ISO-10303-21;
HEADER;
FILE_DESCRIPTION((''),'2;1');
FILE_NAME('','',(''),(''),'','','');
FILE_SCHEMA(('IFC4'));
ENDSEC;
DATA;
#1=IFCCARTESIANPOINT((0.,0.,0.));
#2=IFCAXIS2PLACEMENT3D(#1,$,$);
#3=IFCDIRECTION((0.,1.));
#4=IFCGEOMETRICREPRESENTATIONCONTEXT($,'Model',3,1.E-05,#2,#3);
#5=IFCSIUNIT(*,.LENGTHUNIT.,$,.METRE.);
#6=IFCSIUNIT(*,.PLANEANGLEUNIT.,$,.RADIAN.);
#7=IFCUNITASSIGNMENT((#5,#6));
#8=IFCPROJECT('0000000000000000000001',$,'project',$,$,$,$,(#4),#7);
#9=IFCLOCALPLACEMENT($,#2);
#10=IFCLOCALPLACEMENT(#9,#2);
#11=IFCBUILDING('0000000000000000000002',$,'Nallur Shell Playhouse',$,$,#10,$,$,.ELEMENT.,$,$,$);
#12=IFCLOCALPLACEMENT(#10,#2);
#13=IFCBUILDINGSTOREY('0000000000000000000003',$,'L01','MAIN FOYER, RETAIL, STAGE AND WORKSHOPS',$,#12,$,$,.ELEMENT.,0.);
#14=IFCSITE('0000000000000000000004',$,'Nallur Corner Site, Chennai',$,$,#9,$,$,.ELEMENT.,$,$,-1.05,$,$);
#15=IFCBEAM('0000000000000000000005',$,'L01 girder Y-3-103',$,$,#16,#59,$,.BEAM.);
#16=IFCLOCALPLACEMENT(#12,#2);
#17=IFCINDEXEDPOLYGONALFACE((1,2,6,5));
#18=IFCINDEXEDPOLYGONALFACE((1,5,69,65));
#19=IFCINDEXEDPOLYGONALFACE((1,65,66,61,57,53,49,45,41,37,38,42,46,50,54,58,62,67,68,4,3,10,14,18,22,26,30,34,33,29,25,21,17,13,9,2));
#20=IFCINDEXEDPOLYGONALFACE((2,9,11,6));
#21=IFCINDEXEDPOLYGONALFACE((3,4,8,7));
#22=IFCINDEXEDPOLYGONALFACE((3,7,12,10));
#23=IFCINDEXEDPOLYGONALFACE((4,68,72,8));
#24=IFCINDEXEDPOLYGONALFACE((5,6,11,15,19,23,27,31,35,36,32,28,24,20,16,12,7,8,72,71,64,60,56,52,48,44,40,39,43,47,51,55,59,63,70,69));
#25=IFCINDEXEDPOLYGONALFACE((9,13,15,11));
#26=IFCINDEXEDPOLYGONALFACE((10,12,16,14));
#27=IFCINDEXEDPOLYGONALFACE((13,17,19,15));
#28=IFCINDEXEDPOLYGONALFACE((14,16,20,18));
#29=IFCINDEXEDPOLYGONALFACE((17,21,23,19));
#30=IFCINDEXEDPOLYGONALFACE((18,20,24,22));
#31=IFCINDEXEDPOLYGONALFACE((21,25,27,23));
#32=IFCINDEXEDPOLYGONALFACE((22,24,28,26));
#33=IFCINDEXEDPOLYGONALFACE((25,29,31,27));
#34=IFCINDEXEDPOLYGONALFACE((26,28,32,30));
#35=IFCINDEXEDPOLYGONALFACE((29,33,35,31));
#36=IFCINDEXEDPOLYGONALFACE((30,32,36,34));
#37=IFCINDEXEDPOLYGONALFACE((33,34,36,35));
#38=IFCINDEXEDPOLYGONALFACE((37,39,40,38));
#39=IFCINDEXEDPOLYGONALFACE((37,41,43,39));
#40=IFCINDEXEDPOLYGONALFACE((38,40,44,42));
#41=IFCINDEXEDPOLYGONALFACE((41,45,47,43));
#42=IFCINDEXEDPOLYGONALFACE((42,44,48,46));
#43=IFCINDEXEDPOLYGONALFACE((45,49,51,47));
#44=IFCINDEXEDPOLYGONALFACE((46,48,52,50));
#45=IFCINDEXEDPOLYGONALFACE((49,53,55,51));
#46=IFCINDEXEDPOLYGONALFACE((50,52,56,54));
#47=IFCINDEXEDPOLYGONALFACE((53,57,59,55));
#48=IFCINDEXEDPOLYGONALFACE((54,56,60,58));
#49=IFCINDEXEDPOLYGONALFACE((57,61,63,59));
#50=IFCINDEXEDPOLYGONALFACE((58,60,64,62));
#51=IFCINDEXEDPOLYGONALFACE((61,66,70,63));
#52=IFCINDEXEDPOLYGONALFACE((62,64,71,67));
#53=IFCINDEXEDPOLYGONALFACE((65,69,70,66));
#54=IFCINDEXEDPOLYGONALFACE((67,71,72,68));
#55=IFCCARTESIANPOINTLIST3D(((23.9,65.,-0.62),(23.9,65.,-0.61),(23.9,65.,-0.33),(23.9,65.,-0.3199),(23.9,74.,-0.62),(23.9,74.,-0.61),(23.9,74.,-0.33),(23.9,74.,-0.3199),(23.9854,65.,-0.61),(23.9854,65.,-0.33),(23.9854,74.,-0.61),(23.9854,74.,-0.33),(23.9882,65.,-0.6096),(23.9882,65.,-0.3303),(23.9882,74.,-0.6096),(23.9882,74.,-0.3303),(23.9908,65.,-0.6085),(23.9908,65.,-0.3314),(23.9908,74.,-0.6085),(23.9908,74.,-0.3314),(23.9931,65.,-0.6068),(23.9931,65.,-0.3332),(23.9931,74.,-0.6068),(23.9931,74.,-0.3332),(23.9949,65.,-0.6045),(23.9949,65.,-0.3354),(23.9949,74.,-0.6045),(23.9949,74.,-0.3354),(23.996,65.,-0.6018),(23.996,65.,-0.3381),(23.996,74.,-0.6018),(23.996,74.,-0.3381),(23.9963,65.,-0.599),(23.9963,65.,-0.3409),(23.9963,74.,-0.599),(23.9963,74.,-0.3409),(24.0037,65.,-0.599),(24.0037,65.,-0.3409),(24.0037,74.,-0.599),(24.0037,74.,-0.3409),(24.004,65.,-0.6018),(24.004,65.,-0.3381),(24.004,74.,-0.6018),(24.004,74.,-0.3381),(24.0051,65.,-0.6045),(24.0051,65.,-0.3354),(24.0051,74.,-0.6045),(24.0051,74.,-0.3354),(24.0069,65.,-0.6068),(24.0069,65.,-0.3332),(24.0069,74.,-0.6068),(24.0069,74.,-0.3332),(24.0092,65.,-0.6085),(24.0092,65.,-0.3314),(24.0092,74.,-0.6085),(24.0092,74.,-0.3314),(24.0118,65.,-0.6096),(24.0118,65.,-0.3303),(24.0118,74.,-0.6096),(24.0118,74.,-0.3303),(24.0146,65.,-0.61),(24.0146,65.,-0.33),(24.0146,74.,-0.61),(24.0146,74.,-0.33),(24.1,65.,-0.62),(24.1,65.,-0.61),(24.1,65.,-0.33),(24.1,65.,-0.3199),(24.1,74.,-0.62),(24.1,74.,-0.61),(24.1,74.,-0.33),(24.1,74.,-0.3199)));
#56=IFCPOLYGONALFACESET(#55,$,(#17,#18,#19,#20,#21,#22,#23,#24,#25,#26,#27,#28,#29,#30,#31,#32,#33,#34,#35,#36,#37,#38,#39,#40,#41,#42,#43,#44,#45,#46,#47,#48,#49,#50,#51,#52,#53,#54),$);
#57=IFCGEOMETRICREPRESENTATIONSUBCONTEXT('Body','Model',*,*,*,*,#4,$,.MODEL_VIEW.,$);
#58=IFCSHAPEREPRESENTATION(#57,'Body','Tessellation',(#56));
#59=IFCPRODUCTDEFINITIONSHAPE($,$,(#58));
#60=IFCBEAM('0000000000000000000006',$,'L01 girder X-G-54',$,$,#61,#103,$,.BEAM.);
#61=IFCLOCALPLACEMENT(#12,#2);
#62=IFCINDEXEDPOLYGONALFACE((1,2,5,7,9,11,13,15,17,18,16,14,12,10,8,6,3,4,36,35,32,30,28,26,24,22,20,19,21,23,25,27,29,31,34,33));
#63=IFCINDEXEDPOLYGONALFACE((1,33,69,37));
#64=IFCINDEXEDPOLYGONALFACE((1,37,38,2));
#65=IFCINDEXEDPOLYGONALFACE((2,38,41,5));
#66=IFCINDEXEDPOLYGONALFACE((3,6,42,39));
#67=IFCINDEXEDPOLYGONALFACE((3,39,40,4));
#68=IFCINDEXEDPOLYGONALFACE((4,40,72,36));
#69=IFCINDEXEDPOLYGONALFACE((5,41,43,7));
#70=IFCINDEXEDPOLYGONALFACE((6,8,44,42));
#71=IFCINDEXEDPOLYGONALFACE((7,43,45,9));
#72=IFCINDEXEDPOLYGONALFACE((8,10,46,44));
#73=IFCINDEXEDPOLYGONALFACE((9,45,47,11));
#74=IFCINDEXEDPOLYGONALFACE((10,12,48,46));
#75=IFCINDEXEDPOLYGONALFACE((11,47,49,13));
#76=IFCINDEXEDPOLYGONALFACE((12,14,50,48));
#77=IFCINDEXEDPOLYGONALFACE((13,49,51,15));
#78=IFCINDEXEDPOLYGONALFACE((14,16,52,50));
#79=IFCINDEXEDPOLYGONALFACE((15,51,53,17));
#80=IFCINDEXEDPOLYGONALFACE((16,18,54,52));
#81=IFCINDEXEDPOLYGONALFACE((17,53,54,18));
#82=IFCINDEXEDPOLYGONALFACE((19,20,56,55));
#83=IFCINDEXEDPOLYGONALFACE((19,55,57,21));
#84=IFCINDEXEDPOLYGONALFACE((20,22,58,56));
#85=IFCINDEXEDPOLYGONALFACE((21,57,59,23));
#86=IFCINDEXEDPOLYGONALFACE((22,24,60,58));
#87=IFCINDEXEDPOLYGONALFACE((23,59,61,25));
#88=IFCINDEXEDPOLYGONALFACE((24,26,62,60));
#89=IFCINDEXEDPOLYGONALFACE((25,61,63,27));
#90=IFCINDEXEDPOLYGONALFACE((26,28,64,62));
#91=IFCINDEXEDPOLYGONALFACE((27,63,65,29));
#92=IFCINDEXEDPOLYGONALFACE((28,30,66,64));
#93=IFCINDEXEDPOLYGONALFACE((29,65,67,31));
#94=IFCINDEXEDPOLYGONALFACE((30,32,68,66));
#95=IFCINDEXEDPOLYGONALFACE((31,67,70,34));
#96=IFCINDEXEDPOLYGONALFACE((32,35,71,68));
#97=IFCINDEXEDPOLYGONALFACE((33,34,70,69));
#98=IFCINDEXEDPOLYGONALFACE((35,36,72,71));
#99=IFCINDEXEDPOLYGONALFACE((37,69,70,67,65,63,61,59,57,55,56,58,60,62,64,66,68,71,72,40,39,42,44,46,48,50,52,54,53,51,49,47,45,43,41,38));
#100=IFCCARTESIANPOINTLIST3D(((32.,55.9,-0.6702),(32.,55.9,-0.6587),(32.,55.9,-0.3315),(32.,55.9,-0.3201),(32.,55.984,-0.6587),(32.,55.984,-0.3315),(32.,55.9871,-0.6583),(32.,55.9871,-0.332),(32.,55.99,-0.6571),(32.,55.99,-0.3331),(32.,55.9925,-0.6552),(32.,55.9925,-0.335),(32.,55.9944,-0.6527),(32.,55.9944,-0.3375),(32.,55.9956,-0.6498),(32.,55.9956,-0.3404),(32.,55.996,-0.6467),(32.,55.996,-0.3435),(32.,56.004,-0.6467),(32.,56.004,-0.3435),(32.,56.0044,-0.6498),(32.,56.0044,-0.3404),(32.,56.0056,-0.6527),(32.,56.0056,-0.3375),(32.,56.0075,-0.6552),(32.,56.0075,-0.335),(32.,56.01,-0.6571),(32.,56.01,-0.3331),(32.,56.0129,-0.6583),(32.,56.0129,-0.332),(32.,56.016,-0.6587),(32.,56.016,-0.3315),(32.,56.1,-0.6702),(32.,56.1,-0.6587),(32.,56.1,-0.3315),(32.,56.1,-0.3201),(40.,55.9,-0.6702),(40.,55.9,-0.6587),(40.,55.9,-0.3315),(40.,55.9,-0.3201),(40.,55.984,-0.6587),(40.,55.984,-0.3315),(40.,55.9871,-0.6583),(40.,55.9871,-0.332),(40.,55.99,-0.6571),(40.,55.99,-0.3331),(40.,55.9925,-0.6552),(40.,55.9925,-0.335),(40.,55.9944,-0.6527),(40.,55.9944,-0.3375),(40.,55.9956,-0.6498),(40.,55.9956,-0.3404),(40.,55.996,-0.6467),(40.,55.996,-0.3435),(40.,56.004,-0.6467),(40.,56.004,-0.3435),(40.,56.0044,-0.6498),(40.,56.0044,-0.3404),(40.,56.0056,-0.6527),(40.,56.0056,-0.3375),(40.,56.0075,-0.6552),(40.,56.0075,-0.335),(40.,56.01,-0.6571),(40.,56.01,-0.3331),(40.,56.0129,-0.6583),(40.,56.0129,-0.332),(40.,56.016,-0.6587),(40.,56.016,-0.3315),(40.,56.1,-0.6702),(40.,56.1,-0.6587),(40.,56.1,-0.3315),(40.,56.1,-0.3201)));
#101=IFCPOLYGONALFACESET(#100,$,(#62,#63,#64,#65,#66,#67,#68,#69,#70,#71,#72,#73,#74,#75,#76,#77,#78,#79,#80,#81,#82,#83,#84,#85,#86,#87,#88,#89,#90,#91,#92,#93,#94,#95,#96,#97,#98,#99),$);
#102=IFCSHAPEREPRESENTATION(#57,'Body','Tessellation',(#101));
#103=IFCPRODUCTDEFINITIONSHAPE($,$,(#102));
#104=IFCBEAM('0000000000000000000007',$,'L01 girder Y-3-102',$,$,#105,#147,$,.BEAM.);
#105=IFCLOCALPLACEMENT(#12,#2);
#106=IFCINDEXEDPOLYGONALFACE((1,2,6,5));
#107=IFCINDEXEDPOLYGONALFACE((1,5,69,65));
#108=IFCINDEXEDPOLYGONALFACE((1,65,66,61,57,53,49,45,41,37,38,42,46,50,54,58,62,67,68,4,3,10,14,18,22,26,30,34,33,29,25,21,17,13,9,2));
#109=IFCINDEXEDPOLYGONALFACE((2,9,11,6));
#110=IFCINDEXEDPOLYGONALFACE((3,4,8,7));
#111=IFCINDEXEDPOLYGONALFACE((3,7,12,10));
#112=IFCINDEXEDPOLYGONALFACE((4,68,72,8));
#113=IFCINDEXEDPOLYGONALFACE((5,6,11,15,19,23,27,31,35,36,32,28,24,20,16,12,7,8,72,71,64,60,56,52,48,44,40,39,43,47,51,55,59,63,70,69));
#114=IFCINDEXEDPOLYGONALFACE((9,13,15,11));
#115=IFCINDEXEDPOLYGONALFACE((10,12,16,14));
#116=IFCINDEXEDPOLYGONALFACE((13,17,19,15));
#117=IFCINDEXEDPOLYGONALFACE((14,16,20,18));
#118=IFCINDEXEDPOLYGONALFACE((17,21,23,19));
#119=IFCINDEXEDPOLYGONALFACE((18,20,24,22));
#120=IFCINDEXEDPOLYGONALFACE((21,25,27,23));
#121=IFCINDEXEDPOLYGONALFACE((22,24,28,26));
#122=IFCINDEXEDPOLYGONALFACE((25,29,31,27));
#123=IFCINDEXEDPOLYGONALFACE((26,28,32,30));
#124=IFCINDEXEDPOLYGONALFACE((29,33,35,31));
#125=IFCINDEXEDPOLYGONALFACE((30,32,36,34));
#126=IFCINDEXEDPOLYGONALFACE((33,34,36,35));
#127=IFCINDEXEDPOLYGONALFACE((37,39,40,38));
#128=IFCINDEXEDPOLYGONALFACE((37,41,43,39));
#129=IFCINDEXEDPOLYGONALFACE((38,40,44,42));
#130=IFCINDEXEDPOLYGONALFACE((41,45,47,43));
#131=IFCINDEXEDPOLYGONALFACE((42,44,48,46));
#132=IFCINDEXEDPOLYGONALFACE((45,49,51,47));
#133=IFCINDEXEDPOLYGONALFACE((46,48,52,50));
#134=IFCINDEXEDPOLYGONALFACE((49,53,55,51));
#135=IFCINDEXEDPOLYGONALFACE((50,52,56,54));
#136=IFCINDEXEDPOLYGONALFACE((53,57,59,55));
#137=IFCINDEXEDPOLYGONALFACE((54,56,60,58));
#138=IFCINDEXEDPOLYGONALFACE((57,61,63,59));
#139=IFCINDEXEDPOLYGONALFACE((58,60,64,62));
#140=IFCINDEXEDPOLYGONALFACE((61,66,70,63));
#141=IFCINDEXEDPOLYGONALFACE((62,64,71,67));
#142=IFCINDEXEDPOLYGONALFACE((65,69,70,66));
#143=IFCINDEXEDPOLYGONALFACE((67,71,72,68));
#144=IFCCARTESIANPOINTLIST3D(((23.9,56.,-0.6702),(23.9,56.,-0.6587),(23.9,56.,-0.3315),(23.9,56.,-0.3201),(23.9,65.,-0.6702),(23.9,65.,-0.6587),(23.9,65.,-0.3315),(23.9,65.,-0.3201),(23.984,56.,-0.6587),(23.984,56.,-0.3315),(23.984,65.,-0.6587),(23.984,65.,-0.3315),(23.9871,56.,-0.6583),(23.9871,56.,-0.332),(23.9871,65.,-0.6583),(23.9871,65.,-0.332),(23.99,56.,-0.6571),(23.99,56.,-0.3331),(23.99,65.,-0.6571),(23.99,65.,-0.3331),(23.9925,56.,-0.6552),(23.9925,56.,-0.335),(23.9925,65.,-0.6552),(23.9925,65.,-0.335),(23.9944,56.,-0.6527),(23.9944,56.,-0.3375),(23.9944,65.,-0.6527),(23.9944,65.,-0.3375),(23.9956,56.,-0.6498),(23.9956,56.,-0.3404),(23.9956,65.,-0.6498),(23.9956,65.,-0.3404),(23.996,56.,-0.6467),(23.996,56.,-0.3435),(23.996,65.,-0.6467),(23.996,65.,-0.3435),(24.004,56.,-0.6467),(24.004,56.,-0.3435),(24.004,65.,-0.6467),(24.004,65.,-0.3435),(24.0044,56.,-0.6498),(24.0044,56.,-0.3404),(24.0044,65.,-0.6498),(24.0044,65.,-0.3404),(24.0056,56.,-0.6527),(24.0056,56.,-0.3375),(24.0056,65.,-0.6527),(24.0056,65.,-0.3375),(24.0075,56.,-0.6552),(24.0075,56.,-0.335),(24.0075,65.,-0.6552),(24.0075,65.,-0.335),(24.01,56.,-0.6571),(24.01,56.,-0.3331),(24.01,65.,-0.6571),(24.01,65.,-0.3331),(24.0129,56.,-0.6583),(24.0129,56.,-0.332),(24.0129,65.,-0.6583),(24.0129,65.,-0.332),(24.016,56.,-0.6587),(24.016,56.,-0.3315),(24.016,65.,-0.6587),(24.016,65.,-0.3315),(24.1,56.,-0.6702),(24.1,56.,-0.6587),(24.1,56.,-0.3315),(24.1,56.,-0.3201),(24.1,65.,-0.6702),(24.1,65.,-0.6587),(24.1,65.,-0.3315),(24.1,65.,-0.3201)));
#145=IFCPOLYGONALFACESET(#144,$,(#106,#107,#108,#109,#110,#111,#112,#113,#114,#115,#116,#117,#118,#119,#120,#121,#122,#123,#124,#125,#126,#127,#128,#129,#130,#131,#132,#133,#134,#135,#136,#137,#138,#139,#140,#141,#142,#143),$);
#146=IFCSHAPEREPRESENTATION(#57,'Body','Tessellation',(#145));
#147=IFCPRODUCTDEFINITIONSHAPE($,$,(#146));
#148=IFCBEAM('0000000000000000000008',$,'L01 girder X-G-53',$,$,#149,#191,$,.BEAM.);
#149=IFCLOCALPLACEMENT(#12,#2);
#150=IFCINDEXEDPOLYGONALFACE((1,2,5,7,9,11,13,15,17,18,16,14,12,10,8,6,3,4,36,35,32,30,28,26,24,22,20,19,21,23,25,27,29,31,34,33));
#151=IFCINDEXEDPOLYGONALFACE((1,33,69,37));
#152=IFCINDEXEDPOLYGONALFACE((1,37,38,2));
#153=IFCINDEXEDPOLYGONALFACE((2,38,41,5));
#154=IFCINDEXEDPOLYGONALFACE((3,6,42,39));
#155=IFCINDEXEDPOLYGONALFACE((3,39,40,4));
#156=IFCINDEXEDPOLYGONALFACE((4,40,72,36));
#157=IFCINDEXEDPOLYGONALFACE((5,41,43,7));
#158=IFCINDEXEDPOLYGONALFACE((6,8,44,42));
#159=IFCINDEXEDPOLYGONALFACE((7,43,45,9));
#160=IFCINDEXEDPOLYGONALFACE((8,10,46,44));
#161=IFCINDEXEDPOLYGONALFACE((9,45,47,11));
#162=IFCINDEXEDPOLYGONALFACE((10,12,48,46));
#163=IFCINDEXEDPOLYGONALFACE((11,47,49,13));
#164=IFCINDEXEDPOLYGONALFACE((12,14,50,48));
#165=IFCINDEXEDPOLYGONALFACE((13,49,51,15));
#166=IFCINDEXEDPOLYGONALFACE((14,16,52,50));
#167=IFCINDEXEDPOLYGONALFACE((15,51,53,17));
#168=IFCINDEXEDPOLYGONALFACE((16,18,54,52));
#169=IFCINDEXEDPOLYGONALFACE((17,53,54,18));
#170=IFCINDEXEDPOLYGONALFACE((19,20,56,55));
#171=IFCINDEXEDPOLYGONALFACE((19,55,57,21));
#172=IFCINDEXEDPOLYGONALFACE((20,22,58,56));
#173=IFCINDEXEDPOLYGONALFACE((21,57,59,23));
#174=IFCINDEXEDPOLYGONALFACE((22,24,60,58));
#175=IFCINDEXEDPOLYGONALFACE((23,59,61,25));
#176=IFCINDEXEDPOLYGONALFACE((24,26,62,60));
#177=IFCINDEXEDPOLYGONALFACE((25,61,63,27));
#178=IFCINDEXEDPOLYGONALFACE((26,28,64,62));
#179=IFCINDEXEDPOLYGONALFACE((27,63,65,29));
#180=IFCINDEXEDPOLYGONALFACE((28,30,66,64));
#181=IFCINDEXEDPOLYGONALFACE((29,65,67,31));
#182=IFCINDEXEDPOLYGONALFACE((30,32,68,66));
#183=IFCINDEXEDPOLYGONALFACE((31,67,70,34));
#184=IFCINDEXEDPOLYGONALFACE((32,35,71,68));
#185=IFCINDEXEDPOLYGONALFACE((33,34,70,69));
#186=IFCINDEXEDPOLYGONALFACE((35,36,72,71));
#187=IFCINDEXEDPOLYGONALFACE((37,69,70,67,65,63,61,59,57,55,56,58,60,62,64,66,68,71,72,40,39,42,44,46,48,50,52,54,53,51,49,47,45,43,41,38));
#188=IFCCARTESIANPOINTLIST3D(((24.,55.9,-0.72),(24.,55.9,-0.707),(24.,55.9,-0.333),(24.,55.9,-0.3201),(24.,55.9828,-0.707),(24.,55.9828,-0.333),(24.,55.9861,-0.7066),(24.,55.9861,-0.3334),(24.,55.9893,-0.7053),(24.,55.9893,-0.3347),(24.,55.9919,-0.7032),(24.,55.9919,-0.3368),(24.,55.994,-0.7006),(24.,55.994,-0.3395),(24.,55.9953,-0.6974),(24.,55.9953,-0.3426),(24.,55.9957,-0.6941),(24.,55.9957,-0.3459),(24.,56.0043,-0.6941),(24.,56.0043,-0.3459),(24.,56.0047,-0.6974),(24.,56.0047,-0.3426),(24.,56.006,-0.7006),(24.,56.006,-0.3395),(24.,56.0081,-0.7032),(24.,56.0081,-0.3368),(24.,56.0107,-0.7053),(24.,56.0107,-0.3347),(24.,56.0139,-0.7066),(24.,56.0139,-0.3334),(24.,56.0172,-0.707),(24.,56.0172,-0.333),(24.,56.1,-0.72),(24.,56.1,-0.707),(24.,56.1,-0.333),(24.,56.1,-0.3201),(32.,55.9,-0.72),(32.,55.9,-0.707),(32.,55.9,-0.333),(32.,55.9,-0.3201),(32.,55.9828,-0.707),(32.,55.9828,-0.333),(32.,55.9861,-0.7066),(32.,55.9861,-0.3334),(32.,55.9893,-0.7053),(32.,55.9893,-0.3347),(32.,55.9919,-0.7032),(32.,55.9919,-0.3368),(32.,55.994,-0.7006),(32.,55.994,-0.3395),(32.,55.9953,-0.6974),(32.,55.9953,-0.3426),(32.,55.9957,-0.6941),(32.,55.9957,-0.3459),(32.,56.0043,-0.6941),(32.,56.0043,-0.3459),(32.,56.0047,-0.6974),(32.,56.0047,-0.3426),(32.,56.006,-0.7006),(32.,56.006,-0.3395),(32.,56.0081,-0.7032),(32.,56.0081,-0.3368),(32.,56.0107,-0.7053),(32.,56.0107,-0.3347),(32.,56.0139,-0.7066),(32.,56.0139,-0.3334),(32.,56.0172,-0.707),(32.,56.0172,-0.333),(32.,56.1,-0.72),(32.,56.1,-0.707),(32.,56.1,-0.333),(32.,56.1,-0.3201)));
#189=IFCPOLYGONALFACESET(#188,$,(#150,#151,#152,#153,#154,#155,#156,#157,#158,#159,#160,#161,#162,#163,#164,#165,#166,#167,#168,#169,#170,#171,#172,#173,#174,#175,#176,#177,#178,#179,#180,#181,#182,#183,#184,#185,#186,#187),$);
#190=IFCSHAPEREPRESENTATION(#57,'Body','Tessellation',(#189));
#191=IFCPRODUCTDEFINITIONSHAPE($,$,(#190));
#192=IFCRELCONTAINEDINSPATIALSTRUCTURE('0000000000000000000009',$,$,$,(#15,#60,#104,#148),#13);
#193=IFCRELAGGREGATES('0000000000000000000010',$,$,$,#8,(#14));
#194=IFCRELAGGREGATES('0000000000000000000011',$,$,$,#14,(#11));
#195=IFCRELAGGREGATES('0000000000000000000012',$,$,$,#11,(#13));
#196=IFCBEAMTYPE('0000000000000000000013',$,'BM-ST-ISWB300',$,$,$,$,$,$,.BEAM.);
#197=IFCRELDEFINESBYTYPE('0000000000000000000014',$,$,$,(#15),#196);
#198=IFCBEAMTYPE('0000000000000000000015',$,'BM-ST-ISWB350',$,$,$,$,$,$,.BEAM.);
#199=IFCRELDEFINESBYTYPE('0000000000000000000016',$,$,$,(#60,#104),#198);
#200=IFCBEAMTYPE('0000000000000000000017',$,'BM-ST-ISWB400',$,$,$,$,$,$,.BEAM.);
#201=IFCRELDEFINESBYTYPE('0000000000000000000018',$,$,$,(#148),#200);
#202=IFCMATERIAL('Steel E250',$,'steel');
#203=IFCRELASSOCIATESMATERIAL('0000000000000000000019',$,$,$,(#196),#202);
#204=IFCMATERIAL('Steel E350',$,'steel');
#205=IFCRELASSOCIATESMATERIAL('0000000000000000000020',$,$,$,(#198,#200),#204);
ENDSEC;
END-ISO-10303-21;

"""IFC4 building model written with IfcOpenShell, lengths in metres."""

from ifc_helpers import new_model, si_unit, direction, frame, origin, origin_2d, place, context, subcontext, project, spatial, i_section, extrude, material, material_profile, profile_set, type_object, element, save


model = new_model("IFC4")

# Units and contexts
model_context = context("Model", 3, precision=1e-05, world=origin(), true_north=direction((0.0, 1.0)))
body_context = subcontext(model_context, "Body", "Model", "MODEL_VIEW")
ifc_project = project(units=[si_unit("LENGTHUNIT", "METRE"), si_unit("PLANEANGLEUNIT", "RADIAN")], contexts=[model_context])

# Site, building, storey
site_placement = place(None, origin())
site = spatial("IfcSite", under=ifc_project, at=site_placement, Name="Nallur Corner Site, Chennai", CompositionType="ELEMENT", RefElevation=-1.05)
building_placement = place(site_placement, origin())
building = spatial("IfcBuilding", under=site, at=building_placement, Name="Nallur Shell Playhouse", CompositionType="ELEMENT")
storey_placement = place(building_placement, origin())
storey = spatial("IfcBuildingStorey", under=building, at=storey_placement, Name="L01", Description="MAIN FOYER, RETAIL, STAGE AND WORKSHOPS", CompositionType="ELEMENT", Elevation=0.0)

# Beams
ifc_material_1 = material(Name="Steel E250", Category="steel")
ifc_material_2 = material(Name="Steel E350", Category="steel")
ifc_material_profile_1 = material_profile(ifc_material_1, i_section(OverallWidth=0.2, OverallDepth=0.3, WebThickness=0.0073, FlangeThickness=0.01, FilletRadius=0.011, at=origin_2d()), Name="ISWB 300")
ifc_profile_set_1 = profile_set([ifc_material_profile_1], Name="Steel E250")
beam_type_1 = type_object("IfcBeamType", Name="BM-ST-ISWB300", PredefinedType="BEAM", material=ifc_profile_set_1)
beam_1_placement = place(storey_placement, frame((24.0, 65.0, -0.47), z_axis=(0.0, 1.0, 0.0), x_axis=(-1.0, 0.0, 0.0)))
element("IfcBeam", 1, at=beam_1_placement, inside=storey, type_object=beam_type_1, Name="L01 girder Y-3-103", PredefinedType="BEAM", context=body_context, shape_type="SweptSolid", body=[
    extrude(i_section(OverallWidth=0.2, OverallDepth=0.3, WebThickness=0.0073, FlangeThickness=0.01, FilletRadius=0.011, at=origin_2d()), origin(), (0.0, 0.0, 1.0), 9.0),
])
ifc_material_profile_2 = material_profile(ifc_material_2, i_section(OverallWidth=0.2, OverallDepth=0.3501, WebThickness=0.0081, FlangeThickness=0.0115, FilletRadius=0.012, at=origin_2d()), Name="ISWB 350")
ifc_profile_set_2 = profile_set([ifc_material_profile_2], Name="Steel E350")
beam_type_2 = type_object("IfcBeamType", Name="BM-ST-ISWB350", PredefinedType="BEAM", material=ifc_profile_set_2)
beam_2_placement = place(storey_placement, frame((32.0, 56.0, -0.4951), z_axis=(1.0, 0.0, 0.0), x_axis=(0.0, 1.0, 0.0)))
element("IfcBeam", 2, at=beam_2_placement, inside=storey, type_object=beam_type_2, Name="L01 girder X-G-54", PredefinedType="BEAM", context=body_context, shape_type="SweptSolid", body=[
    extrude(i_section(OverallWidth=0.2, OverallDepth=0.3501, WebThickness=0.0081, FlangeThickness=0.0115, FilletRadius=0.012, at=origin_2d()), origin(), (0.0, 0.0, 1.0), 8.0),
])
beam_3_placement = place(storey_placement, frame((24.0, 56.0, -0.4951), z_axis=(0.0, 1.0, 0.0), x_axis=(-1.0, 0.0, 0.0)))
element("IfcBeam", 3, at=beam_3_placement, inside=storey, type_object=beam_type_2, Name="L01 girder Y-3-102", PredefinedType="BEAM", context=body_context, shape_type="SweptSolid", body=[
    extrude(i_section(OverallWidth=0.2, OverallDepth=0.3501, WebThickness=0.0081, FlangeThickness=0.0115, FilletRadius=0.012, at=origin_2d()), origin(), (0.0, 0.0, 1.0), 9.0),
])
ifc_material_profile_3 = material_profile(ifc_material_2, i_section(OverallWidth=0.2, OverallDepth=0.3999, WebThickness=0.0085, FlangeThickness=0.0129, FilletRadius=0.0129, at=origin_2d()), Name="ISWB 400")
ifc_profile_set_3 = profile_set([ifc_material_profile_3], Name="Steel E350")
beam_type_3 = type_object("IfcBeamType", Name="BM-ST-ISWB400", PredefinedType="BEAM", material=ifc_profile_set_3)
beam_4_placement = place(storey_placement, frame((24.0, 56.0, -0.52), z_axis=(1.0, 0.0, 0.0), x_axis=(0.0, 1.0, 0.0)))
element("IfcBeam", 4, at=beam_4_placement, inside=storey, type_object=beam_type_3, Name="L01 girder X-G-53", PredefinedType="BEAM", context=body_context, shape_type="SweptSolid", body=[
    extrude(i_section(OverallWidth=0.2, OverallDepth=0.3999, WebThickness=0.0085, FlangeThickness=0.0129, FilletRadius=0.0129, at=origin_2d()), origin(), (0.0, 0.0, 1.0), 8.0),
])

save(model, "model.ifc")
